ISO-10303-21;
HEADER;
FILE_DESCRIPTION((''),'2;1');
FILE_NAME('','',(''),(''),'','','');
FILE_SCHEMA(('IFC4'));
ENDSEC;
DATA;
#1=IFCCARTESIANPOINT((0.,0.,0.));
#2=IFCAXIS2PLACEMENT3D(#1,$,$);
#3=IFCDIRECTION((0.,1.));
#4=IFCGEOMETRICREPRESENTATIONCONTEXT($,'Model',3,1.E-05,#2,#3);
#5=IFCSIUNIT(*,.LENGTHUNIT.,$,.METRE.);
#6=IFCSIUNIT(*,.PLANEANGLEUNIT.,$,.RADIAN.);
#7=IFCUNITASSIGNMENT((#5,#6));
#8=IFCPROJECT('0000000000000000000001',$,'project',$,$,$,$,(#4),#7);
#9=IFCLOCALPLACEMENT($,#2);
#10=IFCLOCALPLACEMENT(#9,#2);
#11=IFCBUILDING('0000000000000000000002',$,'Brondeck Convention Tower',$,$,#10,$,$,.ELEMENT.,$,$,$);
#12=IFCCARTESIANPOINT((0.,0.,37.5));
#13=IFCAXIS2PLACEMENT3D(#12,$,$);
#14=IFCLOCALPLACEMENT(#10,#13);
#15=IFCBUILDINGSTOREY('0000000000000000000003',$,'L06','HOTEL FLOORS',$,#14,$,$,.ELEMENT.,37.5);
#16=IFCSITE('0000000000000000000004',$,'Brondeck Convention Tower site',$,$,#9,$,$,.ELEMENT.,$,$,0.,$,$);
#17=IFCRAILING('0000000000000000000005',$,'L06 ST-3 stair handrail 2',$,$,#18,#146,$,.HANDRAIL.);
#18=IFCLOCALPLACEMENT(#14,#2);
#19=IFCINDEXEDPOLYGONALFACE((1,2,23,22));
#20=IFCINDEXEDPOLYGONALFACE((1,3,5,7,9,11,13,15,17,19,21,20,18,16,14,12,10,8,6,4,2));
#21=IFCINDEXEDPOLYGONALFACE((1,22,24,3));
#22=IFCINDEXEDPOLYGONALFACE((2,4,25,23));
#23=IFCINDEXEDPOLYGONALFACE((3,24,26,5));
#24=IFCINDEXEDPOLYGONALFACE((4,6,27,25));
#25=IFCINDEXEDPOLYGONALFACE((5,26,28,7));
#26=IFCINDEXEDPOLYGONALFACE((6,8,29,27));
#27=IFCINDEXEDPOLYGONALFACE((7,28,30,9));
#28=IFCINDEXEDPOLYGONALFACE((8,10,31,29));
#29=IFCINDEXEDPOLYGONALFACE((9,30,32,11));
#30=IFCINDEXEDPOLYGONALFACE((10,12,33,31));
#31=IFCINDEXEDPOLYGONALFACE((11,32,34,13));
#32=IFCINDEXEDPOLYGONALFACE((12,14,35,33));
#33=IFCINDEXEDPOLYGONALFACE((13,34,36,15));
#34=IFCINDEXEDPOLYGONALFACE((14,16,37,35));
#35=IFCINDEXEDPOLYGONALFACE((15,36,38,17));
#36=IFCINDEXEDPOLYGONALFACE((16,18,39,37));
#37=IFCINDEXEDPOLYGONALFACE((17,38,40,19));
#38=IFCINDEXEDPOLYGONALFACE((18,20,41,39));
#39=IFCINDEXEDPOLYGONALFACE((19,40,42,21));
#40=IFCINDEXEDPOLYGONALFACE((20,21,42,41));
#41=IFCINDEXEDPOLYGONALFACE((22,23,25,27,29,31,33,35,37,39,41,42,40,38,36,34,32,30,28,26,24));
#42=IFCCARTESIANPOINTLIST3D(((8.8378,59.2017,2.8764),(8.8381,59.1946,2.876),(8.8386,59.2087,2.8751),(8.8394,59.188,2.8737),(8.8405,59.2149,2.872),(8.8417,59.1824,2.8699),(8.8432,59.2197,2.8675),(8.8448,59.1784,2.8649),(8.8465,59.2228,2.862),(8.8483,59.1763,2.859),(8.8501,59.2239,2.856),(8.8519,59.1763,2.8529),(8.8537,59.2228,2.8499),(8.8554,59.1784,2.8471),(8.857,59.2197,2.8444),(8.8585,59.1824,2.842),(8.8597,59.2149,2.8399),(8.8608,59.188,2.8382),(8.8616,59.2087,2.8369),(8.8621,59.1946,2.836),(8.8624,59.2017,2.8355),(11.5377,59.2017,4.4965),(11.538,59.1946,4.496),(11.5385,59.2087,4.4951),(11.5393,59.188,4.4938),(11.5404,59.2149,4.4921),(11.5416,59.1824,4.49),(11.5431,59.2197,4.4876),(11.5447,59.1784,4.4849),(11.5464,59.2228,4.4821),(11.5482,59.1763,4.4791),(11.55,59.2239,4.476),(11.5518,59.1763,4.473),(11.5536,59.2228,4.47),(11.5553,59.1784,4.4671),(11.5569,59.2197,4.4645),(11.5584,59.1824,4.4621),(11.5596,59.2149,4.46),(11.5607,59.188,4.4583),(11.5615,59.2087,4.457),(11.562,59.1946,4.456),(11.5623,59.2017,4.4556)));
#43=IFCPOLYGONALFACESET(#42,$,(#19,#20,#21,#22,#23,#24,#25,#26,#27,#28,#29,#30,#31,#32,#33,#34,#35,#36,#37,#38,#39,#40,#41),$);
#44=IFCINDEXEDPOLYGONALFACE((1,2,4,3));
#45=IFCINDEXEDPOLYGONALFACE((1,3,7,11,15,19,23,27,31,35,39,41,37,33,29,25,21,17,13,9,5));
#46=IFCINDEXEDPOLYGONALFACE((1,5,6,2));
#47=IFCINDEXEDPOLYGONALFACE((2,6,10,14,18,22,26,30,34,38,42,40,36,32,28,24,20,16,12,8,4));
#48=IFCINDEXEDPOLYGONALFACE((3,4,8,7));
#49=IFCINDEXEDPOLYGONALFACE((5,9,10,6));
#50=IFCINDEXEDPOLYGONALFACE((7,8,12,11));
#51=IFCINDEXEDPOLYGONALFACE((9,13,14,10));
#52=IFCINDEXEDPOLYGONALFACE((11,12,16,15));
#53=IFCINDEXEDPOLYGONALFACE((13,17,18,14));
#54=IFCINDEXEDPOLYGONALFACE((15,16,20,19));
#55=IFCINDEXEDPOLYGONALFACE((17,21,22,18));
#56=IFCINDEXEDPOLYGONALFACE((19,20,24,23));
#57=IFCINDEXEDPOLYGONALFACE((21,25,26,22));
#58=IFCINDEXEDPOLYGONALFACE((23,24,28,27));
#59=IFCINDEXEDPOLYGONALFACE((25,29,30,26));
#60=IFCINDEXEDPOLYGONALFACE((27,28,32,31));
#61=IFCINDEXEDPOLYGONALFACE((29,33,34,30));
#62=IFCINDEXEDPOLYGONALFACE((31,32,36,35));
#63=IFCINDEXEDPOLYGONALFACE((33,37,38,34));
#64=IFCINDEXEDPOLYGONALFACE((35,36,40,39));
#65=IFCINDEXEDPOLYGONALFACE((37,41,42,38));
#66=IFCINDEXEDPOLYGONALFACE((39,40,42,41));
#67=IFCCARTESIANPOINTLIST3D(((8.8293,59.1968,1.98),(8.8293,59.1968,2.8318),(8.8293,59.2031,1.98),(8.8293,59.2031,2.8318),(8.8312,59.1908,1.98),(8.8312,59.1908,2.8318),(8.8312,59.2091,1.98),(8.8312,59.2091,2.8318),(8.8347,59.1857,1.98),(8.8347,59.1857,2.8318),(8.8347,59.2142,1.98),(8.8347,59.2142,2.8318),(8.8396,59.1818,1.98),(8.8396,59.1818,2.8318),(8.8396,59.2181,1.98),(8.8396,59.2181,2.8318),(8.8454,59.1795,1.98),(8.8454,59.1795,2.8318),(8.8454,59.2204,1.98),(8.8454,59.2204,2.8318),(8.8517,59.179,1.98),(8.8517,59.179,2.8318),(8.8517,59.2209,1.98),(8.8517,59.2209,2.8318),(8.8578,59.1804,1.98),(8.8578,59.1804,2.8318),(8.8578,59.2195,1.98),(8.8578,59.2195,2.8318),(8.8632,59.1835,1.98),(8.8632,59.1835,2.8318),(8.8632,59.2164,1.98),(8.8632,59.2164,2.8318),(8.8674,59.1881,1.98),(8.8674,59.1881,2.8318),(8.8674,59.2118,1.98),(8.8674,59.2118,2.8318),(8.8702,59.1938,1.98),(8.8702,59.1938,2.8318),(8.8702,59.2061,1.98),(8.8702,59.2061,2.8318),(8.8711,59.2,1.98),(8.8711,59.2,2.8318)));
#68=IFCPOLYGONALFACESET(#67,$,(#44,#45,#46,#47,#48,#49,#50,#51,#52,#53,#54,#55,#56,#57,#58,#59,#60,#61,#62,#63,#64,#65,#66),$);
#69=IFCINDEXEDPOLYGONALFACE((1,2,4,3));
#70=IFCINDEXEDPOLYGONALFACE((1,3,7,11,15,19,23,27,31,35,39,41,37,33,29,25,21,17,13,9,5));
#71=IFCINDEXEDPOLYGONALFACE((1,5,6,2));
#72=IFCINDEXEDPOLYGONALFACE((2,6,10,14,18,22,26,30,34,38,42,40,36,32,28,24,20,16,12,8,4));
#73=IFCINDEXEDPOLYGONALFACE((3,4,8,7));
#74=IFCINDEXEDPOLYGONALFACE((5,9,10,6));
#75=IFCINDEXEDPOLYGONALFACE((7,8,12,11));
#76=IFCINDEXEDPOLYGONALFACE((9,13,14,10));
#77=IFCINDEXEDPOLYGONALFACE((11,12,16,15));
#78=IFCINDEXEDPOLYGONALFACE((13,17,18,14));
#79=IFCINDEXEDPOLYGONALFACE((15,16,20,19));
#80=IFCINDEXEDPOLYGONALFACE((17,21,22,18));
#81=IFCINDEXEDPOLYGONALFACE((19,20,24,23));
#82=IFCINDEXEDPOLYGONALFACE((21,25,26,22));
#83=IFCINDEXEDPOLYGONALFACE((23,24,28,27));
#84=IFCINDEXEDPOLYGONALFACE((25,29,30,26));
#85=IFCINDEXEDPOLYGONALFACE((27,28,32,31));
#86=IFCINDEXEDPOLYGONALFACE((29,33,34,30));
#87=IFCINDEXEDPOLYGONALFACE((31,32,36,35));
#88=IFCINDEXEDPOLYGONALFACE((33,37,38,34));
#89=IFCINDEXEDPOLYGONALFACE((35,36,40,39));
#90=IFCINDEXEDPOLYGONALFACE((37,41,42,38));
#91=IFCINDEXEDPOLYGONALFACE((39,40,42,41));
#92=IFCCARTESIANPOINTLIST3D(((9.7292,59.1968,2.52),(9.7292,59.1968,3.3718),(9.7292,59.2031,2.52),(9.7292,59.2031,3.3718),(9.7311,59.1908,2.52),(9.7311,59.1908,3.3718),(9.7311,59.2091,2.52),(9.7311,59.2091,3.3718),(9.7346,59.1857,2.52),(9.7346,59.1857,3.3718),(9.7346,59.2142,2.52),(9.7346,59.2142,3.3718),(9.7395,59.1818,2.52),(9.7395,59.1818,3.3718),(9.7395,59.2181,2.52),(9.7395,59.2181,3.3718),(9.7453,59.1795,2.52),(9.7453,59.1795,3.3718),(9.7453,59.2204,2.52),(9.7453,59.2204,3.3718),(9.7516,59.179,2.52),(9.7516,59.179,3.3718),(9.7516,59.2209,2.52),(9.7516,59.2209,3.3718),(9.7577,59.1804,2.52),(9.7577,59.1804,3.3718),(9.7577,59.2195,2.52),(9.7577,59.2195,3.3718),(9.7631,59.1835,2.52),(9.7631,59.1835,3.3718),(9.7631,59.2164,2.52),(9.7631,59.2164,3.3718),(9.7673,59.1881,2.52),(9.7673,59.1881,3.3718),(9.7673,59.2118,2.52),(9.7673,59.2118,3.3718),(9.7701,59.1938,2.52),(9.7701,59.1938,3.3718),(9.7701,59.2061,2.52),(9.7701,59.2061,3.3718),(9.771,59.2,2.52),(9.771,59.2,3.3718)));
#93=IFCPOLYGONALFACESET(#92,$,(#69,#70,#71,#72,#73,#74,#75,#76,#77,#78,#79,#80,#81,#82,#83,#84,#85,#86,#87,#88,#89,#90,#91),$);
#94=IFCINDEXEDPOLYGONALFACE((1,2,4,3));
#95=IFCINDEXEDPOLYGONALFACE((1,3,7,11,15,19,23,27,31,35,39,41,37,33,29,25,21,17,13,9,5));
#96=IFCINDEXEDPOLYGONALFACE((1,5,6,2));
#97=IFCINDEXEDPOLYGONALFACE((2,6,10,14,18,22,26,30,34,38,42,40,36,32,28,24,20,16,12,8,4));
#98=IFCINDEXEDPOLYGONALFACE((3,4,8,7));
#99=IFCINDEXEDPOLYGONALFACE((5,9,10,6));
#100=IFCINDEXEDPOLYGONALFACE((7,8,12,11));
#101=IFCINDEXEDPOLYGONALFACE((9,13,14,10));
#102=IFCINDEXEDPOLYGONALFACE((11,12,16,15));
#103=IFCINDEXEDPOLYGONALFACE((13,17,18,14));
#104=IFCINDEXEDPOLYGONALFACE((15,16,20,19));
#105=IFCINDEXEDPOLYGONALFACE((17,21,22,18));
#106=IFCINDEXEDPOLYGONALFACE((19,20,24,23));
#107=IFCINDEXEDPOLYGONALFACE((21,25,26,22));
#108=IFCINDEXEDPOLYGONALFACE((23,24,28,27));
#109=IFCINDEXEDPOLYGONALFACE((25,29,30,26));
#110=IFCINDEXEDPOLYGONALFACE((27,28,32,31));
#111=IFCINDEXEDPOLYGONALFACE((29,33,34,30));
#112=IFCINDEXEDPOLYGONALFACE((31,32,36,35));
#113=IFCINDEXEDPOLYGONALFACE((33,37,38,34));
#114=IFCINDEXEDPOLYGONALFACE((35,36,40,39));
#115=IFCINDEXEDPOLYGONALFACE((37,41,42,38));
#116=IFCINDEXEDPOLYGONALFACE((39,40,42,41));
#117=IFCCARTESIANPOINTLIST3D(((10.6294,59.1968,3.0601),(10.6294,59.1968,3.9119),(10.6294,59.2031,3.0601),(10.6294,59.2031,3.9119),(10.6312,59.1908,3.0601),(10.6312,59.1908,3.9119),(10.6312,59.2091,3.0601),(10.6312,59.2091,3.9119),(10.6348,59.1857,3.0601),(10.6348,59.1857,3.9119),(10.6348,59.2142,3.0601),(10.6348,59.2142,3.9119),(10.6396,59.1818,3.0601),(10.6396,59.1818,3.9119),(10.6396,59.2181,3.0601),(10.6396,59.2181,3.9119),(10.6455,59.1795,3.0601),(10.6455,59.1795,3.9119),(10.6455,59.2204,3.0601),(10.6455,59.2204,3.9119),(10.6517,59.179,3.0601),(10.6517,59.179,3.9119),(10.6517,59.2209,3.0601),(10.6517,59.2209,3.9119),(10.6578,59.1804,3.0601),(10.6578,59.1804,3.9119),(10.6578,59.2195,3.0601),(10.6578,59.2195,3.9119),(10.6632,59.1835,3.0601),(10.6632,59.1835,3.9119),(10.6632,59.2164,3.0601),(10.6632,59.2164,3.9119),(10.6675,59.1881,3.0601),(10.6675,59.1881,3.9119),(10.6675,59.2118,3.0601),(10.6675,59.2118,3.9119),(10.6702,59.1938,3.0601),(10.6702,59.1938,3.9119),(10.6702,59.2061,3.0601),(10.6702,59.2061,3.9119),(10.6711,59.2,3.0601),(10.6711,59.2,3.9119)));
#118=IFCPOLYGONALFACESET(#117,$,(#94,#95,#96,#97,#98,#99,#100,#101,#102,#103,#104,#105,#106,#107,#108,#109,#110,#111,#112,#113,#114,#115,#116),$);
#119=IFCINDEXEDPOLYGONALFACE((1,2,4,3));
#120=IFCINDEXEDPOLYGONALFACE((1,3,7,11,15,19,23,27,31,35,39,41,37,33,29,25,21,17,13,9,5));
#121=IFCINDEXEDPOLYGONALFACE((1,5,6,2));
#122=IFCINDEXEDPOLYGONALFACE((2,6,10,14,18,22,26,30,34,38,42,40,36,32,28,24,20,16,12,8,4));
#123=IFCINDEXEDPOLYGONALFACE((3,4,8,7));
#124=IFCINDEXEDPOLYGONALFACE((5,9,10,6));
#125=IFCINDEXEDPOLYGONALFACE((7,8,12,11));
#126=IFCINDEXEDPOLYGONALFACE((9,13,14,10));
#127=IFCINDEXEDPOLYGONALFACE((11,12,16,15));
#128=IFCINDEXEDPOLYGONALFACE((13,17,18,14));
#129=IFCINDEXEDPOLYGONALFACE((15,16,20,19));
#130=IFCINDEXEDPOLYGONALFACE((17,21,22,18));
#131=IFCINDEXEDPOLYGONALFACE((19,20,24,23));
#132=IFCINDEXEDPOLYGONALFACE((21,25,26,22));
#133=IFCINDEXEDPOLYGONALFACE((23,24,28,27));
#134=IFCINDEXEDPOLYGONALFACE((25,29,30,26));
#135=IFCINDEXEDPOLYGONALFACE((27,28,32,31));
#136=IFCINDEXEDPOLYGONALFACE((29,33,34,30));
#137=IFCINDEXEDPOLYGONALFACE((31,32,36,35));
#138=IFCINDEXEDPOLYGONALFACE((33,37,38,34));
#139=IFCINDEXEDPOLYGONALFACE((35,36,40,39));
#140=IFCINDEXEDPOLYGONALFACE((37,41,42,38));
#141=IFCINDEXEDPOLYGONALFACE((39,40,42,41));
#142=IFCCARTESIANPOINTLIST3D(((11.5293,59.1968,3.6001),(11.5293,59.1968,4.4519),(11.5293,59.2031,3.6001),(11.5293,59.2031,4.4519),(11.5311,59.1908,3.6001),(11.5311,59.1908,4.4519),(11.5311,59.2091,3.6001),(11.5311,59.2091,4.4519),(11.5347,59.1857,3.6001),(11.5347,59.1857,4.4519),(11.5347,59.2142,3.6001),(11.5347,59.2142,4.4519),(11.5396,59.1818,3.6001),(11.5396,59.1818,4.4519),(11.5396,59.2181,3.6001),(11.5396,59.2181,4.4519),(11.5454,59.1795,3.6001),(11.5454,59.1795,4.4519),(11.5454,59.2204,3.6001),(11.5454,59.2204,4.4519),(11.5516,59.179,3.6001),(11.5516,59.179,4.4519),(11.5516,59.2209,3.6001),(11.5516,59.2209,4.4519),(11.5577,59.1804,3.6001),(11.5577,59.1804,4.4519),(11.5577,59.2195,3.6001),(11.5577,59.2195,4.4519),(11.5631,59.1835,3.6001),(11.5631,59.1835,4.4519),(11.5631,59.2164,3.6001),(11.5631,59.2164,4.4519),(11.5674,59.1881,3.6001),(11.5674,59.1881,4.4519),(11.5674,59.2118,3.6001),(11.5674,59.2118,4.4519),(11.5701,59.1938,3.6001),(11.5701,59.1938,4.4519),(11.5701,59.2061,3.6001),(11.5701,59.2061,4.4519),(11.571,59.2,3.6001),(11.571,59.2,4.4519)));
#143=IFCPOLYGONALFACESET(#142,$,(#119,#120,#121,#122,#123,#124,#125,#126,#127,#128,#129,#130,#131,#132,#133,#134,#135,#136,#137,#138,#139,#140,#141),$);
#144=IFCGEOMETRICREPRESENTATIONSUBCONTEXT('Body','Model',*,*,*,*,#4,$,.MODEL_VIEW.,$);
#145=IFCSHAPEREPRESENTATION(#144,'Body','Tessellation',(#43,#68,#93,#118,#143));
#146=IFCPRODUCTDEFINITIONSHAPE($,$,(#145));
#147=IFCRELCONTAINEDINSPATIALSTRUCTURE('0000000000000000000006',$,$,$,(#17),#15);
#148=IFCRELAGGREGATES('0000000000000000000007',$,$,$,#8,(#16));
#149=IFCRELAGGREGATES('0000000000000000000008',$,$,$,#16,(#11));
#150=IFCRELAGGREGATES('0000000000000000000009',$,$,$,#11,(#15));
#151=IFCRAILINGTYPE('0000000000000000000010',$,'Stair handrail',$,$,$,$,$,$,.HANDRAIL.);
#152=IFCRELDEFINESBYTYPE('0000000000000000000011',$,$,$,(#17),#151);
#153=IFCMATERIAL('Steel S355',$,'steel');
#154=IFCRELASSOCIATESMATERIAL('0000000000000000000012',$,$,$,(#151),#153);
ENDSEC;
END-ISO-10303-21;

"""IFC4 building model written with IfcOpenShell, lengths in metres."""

from ifc_helpers import new_model, si_unit, direction, frame, origin, origin_2d, place, context, subcontext, project, spatial, circle, extrude, material, type_object, element, save


model = new_model("IFC4")

# Units and contexts
model_context = context("Model", 3, precision=1e-05, world=origin(), true_north=direction((0.0, 1.0)))
body_context = subcontext(model_context, "Body", "Model", "MODEL_VIEW")
ifc_project = project(units=[si_unit("LENGTHUNIT", "METRE"), si_unit("PLANEANGLEUNIT", "RADIAN")], contexts=[model_context])

# Site, building, storey
site_placement = place(None, origin())
site = spatial("IfcSite", under=ifc_project, at=site_placement, Name="Brondeck Convention Tower site", CompositionType="ELEMENT", RefElevation=0.0)
building_placement = place(site_placement, origin())
building = spatial("IfcBuilding", under=site, at=building_placement, Name="Brondeck Convention Tower", CompositionType="ELEMENT")
storey_placement = place(building_placement, frame((0.0, 0.0, 37.5)))
storey = spatial("IfcBuildingStorey", under=building, at=storey_placement, Name="L06", Description="HOTEL FLOORS", CompositionType="ELEMENT", Elevation=37.5)

# Railing
ifc_material_1 = material(Name="Steel S355", Category="steel")
railing_type = type_object("IfcRailingType", Name="Stair handrail", PredefinedType="HANDRAIL", material=ifc_material_1)
railing_placement = place(storey_placement, frame((8.8501, 59.2, 1.98)))
element("IfcRailing", 1, at=railing_placement, inside=storey, type_object=railing_type, Name="L06 ST-3 stair handrail 2", PredefinedType="HANDRAIL", context=body_context, shape_type="SweptSolid", body=[
    extrude(circle(Radius=0.0239, at=origin_2d()), frame((0.0, 0.0, 0.876), z_axis=(0.857472, 0.0, 0.51453), x_axis=(0.0, 1.0, 0.0)), (0.0, 0.0, 1.0), 3.1487),
    extrude(circle(Radius=0.021, at=origin_2d()), origin(), (0.0, 0.0, 1.0), 0.8518),
    extrude(circle(Radius=0.021, at=origin_2d()), frame((0.8999, 0.0, 0.54)), (0.0, 0.0, 1.0), 0.8518),
    extrude(circle(Radius=0.021, at=origin_2d()), frame((1.8, 0.0, 1.0801)), (0.0, 0.0, 1.0), 0.8518),
    extrude(circle(Radius=0.021, at=origin_2d()), frame((2.7, 0.0, 1.6201)), (0.0, 0.0, 1.0), 0.8518),
])

save(model, "model.ifc")
